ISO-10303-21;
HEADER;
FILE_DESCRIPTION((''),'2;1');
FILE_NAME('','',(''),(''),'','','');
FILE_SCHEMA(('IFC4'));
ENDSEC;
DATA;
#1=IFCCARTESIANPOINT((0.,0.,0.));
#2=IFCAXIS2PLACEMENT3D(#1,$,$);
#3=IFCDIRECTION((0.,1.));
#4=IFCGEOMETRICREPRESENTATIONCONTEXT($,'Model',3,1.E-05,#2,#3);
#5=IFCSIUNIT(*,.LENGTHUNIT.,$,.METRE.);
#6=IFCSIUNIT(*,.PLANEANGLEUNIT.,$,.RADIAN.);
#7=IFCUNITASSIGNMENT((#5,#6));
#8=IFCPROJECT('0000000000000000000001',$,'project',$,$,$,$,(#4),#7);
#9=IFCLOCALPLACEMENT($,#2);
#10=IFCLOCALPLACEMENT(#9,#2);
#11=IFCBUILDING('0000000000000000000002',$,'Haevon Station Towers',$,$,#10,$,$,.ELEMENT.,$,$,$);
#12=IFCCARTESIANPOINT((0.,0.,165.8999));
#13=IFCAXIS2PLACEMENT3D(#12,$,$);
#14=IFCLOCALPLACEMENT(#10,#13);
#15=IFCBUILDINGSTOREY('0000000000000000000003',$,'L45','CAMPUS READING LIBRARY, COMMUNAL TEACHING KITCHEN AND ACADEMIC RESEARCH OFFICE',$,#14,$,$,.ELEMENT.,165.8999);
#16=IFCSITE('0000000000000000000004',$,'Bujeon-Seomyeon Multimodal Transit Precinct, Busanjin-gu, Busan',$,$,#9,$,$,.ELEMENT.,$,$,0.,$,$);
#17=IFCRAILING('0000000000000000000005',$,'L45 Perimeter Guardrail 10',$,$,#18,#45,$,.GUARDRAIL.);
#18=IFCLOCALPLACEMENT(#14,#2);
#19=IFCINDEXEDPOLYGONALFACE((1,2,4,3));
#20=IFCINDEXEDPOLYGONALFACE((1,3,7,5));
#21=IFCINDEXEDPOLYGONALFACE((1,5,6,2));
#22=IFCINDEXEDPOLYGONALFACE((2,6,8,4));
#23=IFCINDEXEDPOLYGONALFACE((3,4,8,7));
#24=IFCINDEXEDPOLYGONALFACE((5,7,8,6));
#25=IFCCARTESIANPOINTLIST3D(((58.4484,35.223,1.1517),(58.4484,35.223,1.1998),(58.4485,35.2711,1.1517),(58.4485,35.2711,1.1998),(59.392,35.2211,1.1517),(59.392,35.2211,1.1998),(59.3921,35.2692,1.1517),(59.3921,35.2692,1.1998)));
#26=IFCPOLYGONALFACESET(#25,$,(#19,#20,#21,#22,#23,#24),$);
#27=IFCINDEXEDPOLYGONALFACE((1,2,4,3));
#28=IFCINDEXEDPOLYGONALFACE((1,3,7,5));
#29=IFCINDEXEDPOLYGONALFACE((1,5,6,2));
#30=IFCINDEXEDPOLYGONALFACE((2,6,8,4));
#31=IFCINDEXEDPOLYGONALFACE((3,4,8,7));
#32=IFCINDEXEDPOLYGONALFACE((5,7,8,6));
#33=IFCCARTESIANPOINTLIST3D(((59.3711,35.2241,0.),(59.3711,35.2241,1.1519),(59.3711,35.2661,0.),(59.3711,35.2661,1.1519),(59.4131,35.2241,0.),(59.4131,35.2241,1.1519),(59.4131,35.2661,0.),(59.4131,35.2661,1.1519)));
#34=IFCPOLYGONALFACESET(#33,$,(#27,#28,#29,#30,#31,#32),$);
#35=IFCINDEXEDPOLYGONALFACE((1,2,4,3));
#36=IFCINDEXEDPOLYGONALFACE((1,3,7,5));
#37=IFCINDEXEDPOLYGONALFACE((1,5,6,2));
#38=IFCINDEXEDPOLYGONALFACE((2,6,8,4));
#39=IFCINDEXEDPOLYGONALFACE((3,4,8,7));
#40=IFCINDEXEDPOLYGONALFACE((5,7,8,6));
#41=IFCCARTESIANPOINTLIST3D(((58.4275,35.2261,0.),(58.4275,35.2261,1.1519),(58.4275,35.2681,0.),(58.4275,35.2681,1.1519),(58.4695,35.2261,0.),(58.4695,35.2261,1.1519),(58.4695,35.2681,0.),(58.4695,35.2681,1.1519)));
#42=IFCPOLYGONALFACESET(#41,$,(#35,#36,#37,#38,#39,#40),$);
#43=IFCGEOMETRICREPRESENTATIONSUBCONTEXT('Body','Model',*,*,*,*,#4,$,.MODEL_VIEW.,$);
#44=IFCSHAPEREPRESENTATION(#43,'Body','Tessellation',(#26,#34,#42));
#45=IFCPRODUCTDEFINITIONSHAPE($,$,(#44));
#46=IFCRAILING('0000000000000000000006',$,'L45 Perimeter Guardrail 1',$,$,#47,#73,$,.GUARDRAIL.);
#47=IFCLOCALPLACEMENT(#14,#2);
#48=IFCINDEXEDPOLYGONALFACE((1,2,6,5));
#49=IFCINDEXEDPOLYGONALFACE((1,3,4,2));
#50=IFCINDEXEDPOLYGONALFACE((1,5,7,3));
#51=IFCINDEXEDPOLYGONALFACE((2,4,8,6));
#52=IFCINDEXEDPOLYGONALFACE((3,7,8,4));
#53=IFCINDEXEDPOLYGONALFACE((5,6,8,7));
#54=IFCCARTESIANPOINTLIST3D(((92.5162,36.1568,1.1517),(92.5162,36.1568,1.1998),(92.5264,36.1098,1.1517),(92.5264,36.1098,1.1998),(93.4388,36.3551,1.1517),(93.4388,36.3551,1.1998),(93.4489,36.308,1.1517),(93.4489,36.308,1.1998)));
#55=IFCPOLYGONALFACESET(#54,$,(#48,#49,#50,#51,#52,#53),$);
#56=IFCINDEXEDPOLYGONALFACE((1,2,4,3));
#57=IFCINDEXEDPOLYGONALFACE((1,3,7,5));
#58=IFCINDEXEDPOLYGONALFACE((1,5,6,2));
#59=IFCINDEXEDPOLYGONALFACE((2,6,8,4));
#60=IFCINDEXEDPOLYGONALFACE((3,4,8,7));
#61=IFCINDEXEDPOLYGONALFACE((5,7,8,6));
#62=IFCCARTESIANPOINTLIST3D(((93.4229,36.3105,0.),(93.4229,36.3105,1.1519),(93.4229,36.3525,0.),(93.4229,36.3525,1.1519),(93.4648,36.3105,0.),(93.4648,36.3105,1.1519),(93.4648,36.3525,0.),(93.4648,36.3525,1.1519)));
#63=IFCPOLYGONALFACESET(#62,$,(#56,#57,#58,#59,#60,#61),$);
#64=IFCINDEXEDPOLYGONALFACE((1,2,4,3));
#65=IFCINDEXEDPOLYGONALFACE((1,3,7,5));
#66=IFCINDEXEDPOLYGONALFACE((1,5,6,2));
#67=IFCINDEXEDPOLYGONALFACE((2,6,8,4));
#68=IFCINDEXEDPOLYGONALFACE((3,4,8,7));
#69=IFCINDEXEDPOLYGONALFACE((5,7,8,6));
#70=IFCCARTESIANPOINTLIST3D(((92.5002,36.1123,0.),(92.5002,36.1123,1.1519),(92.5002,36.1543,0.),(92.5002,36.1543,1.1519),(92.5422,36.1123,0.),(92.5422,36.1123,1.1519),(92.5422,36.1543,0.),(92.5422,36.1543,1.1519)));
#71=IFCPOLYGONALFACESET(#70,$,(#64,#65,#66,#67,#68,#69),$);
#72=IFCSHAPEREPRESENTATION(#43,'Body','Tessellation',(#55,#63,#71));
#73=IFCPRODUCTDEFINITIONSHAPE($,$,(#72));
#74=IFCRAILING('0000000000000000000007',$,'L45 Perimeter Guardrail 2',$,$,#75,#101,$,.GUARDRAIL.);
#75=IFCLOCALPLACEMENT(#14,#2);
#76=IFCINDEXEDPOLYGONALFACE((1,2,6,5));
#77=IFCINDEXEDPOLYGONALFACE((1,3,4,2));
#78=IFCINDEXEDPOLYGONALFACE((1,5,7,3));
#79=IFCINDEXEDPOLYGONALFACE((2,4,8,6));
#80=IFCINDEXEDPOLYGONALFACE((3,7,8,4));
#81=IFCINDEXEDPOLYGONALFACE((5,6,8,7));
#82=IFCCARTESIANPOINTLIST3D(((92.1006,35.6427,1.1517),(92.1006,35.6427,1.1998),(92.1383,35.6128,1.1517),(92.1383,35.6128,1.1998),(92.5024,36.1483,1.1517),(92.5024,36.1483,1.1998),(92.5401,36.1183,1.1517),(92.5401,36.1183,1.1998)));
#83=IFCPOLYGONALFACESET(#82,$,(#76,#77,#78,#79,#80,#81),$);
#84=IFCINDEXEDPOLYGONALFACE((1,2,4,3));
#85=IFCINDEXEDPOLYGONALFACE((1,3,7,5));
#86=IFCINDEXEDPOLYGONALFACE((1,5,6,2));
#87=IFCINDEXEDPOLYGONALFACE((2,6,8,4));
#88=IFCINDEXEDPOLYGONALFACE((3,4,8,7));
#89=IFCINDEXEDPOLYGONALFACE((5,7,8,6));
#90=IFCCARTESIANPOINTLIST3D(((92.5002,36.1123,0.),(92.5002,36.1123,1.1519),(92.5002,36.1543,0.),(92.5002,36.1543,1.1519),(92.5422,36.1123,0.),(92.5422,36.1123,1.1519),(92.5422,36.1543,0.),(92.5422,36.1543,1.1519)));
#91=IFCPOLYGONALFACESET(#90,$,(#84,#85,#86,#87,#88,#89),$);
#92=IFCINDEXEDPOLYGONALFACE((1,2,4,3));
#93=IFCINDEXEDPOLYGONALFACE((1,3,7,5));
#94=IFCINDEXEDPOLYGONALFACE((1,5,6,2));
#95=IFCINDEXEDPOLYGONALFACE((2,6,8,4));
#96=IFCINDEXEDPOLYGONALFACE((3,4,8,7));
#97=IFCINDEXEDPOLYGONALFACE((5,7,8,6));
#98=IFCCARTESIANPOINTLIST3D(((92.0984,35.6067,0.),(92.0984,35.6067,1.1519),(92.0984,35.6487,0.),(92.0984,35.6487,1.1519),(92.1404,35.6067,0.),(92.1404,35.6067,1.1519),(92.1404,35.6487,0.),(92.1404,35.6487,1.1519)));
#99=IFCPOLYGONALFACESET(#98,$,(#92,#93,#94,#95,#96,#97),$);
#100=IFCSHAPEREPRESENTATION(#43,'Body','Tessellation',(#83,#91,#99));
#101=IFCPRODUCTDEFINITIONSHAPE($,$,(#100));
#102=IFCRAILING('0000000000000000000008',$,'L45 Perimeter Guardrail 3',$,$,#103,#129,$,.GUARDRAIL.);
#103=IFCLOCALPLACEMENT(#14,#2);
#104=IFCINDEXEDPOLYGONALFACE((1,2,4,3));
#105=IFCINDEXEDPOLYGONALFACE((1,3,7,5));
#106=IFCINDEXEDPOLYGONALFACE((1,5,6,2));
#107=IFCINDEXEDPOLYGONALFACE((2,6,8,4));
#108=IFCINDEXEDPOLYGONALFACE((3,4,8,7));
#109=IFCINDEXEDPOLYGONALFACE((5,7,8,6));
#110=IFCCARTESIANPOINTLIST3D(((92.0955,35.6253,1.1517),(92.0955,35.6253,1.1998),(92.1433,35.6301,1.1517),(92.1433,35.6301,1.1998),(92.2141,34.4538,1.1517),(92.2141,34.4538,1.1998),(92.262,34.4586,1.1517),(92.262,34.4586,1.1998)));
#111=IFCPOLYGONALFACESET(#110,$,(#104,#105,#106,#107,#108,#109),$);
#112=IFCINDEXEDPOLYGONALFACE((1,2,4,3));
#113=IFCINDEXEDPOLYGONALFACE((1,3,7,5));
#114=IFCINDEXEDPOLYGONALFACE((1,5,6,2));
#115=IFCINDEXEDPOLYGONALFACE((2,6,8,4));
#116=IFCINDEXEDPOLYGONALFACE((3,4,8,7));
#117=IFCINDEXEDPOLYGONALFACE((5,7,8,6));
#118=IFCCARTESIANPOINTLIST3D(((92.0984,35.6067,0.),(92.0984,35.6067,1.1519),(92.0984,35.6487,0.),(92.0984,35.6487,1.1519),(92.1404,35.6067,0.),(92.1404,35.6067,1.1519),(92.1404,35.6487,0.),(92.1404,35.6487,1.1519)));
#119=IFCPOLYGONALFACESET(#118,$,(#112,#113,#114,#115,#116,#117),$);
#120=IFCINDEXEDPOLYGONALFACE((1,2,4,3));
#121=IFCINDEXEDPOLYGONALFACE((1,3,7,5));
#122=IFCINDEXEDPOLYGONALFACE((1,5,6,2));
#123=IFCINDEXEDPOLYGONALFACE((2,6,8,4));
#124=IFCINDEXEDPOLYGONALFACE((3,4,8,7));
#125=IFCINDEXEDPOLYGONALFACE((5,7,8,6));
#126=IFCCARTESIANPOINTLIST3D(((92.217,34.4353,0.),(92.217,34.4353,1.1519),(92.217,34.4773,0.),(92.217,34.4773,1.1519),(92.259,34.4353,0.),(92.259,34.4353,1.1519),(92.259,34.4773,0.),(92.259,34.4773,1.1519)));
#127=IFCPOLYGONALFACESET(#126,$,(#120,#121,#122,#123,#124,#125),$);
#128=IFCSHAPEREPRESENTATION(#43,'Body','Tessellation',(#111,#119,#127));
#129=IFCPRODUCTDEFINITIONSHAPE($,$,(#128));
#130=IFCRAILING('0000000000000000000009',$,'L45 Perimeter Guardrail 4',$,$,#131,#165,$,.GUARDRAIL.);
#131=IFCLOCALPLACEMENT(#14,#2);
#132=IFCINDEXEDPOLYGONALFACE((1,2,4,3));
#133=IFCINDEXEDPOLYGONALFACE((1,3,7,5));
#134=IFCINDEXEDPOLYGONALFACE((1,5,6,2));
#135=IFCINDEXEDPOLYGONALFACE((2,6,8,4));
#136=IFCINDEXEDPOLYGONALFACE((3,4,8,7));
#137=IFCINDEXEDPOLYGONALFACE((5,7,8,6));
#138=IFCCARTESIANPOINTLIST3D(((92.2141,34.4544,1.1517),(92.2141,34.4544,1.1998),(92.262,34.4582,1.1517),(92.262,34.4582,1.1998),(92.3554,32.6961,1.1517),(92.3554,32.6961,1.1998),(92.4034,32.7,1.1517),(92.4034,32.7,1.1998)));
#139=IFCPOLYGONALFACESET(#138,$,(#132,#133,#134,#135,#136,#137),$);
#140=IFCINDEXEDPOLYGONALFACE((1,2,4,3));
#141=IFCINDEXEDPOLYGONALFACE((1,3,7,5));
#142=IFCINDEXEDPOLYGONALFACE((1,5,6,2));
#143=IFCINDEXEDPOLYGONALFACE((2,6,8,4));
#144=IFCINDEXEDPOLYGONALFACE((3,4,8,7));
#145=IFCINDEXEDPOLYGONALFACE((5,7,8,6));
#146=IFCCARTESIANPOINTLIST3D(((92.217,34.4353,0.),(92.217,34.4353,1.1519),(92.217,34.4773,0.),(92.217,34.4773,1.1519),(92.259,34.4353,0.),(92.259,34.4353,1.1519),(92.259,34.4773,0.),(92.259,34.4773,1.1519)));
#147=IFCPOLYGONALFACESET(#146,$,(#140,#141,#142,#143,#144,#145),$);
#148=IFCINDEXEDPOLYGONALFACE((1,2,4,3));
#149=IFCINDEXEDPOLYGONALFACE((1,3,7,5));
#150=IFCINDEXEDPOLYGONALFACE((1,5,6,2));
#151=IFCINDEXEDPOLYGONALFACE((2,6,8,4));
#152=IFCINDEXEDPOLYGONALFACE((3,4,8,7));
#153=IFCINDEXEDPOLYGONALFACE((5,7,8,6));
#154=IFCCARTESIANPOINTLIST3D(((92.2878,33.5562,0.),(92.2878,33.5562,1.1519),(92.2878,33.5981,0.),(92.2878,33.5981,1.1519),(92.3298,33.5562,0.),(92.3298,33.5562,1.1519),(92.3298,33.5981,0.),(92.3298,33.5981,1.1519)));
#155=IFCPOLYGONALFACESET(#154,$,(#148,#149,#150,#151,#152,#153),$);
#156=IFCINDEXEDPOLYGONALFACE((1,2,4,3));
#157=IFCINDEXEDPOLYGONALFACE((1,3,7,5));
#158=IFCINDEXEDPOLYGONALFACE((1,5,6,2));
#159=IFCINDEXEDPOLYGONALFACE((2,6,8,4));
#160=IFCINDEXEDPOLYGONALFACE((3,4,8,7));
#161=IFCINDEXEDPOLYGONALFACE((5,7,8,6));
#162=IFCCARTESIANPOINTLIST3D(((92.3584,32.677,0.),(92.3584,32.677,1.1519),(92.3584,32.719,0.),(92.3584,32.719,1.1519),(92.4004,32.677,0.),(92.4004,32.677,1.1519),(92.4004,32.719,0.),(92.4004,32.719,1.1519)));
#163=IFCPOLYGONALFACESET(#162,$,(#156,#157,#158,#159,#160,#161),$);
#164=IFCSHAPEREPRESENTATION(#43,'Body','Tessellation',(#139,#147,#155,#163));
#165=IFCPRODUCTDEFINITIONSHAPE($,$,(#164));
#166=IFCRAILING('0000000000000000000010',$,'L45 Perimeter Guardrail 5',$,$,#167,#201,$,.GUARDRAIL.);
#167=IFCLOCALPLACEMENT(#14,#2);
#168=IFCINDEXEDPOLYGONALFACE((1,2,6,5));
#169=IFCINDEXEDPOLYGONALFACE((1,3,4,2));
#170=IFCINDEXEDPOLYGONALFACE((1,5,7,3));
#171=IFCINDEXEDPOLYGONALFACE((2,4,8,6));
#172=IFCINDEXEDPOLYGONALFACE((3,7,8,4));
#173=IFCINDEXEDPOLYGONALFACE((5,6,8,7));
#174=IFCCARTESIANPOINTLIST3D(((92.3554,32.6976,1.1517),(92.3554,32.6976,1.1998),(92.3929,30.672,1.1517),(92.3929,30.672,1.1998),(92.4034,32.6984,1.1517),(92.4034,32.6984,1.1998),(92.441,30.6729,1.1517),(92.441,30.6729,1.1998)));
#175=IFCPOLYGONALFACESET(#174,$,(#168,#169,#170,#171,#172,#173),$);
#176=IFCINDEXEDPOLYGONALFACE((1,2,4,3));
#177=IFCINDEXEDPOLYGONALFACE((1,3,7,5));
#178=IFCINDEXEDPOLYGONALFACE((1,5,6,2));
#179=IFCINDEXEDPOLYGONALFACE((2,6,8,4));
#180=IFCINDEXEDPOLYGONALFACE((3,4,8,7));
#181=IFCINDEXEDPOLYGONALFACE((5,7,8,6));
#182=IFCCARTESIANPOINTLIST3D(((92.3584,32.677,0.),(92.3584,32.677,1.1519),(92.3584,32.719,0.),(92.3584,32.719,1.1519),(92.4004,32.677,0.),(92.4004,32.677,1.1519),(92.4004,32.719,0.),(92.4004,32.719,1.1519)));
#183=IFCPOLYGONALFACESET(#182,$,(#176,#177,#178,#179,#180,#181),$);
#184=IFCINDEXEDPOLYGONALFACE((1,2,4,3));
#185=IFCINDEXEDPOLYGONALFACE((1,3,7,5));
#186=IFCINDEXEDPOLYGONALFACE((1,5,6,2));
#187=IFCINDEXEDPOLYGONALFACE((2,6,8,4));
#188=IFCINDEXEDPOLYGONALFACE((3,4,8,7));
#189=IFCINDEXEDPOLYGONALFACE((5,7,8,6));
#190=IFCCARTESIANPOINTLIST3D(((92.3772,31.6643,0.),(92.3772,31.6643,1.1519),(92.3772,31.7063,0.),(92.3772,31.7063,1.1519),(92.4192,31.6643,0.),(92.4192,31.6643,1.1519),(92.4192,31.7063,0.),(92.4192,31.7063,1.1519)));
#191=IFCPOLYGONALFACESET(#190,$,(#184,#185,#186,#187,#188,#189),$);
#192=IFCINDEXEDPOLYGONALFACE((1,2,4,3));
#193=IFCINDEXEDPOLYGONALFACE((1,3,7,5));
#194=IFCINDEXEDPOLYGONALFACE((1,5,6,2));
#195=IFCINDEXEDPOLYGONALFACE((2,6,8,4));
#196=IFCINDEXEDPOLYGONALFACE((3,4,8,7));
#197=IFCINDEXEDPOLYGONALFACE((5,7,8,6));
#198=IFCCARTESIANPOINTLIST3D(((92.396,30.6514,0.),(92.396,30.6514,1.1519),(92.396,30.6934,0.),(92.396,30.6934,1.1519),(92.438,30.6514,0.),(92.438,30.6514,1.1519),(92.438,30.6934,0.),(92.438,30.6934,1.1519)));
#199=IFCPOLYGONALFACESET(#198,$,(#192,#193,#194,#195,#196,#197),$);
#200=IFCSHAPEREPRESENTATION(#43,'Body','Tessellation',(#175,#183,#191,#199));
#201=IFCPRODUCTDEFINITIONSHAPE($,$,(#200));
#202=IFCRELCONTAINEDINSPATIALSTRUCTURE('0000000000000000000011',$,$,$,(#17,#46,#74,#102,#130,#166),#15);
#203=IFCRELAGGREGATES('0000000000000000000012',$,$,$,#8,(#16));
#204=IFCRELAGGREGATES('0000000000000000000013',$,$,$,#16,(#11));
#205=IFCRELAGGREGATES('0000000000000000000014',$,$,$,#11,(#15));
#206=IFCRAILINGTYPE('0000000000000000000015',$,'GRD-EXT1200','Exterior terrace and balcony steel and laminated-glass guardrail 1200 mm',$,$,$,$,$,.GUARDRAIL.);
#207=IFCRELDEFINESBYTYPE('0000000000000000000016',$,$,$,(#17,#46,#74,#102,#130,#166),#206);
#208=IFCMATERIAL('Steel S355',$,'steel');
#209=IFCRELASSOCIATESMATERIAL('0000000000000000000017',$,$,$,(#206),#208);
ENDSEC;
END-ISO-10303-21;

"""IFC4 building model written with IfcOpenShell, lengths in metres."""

from ifc_helpers import new_model, si_unit, direction, frame, origin, origin_2d, place, context, subcontext, project, spatial, rectangle, extrude, material, type_object, element, save


model = new_model("IFC4")

# Units and contexts
model_context = context("Model", 3, precision=1e-05, world=origin(), true_north=direction((0.0, 1.0)))
body_context = subcontext(model_context, "Body", "Model", "MODEL_VIEW")
ifc_project = project(units=[si_unit("LENGTHUNIT", "METRE"), si_unit("PLANEANGLEUNIT", "RADIAN")], contexts=[model_context])

# Site, building, storey
site_placement = place(None, origin())
site = spatial("IfcSite", under=ifc_project, at=site_placement, Name="Bujeon-Seomyeon Multimodal Transit Precinct, Busanjin-gu, Busan", CompositionType="ELEMENT", RefElevation=0.0)
building_placement = place(site_placement, origin())
building = spatial("IfcBuilding", under=site, at=building_placement, Name="Haevon Station Towers", CompositionType="ELEMENT")
storey_placement = place(building_placement, frame((0.0, 0.0, 165.8999)))
storey = spatial("IfcBuildingStorey", under=building, at=storey_placement, Name="L45", Description="CAMPUS READING LIBRARY, COMMUNAL TEACHING KITCHEN AND ACADEMIC RESEARCH OFFICE", CompositionType="ELEMENT", Elevation=165.8999)

# Shared definitions
ifc_material_1 = material(Name="Steel S355", Category="steel")

# Railings
railing_type = type_object("IfcRailingType", Name="GRD-EXT1200", Description="Exterior terrace and balcony steel and laminated-glass guardrail 1200 mm", PredefinedType="GUARDRAIL", material=ifc_material_1)
railing_1_placement = place(storey_placement, frame((59.3921, 35.2451, 0.0)))
element("IfcRailing", 1, at=railing_1_placement, inside=storey, type_object=railing_type, Name="L45 Perimeter Guardrail 10", PredefinedType="GUARDRAIL", context=body_context, shape_type="SweptSolid", body=[
    extrude(rectangle(XDim=0.0481, YDim=0.0481, at=origin_2d()), frame((0.0, 0.0, 1.1758), z_axis=(-0.999998, 0.00207, 0.0), x_axis=(-0.00207, -0.999998, 0.0)), (0.0, 0.0, 1.0), 0.9436),
    extrude(rectangle(XDim=0.042, YDim=0.042, at=origin_2d()), origin(), (0.0, 0.0, 1.0), 1.1519),
    extrude(rectangle(XDim=0.042, YDim=0.042, at=origin_2d()), frame((-0.9436, 0.002, 0.0)), (0.0, 0.0, 1.0), 1.1519),
])
railing_2_placement = place(storey_placement, frame((93.4438, 36.3315, 0.0)))
element("IfcRailing", 2, at=railing_2_placement, inside=storey, type_object=railing_type, Name="L45 Perimeter Guardrail 1", PredefinedType="GUARDRAIL", context=body_context, shape_type="SweptSolid", body=[
    extrude(rectangle(XDim=0.0481, YDim=0.0481, at=origin_2d()), frame((0.0, 0.0, 1.1758), z_axis=(-0.977685, -0.210077, 0.0), x_axis=(0.210077, -0.977685, 0.0)), (0.0, 0.0, 1.0), 0.9436),
    extrude(rectangle(XDim=0.042, YDim=0.042, at=origin_2d()), origin(), (0.0, 0.0, 1.0), 1.1519),
    extrude(rectangle(XDim=0.042, YDim=0.042, at=origin_2d()), frame((-0.9226, -0.1982, 0.0)), (0.0, 0.0, 1.0), 1.1519),
])
railing_3_placement = place(storey_placement, frame((92.5212, 36.1333, 0.0)))
element("IfcRailing", 3, at=railing_3_placement, inside=storey, type_object=railing_type, Name="L45 Perimeter Guardrail 2", PredefinedType="GUARDRAIL", context=body_context, shape_type="SweptSolid", body=[
    extrude(rectangle(XDim=0.0481, YDim=0.0481, at=origin_2d()), frame((0.0, 0.0, 1.1758), z_axis=(-0.622203, -0.782856, 0.0), x_axis=(0.782856, -0.622203, 0.0)), (0.0, 0.0, 1.0), 0.6458),
    extrude(rectangle(XDim=0.042, YDim=0.042, at=origin_2d()), origin(), (0.0, 0.0, 1.0), 1.1519),
    extrude(rectangle(XDim=0.042, YDim=0.042, at=origin_2d()), frame((-0.4019, -0.5056, 0.0)), (0.0, 0.0, 1.0), 1.1519),
])
railing_4_placement = place(storey_placement, frame((92.1194, 35.6277, 0.0)))
element("IfcRailing", 4, at=railing_4_placement, inside=storey, type_object=railing_type, Name="L45 Perimeter Guardrail 3", PredefinedType="GUARDRAIL", context=body_context, shape_type="SweptSolid", body=[
    extrude(rectangle(XDim=0.0481, YDim=0.0481, at=origin_2d()), frame((0.0, 0.0, 1.1758), z_axis=(0.100777, -0.994909, 0.0), x_axis=(0.994909, 0.100777, 0.0)), (0.0, 0.0, 1.0), 1.1775),
    extrude(rectangle(XDim=0.042, YDim=0.042, at=origin_2d()), origin(), (0.0, 0.0, 1.0), 1.1519),
    extrude(rectangle(XDim=0.042, YDim=0.042, at=origin_2d()), frame((0.1187, -1.1714, 0.0)), (0.0, 0.0, 1.0), 1.1519),
])
railing_5_placement = place(storey_placement, frame((92.238, 34.4563, 0.0)))
element("IfcRailing", 5, at=railing_5_placement, inside=storey, type_object=railing_type, Name="L45 Perimeter Guardrail 4", PredefinedType="GUARDRAIL", context=body_context, shape_type="SweptSolid", body=[
    extrude(rectangle(XDim=0.0481, YDim=0.0481, at=origin_2d()), frame((0.0, 0.0, 1.1758), z_axis=(0.080136, -0.996784, 0.0), x_axis=(0.996784, 0.080136, 0.0)), (0.0, 0.0, 1.0), 1.7639),
    extrude(rectangle(XDim=0.042, YDim=0.042, at=origin_2d()), origin(), (0.0, 0.0, 1.0), 1.1519),
    extrude(rectangle(XDim=0.042, YDim=0.042, at=origin_2d()), frame((0.0708, -0.8792, 0.0)), (0.0, 0.0, 1.0), 1.1519),
    extrude(rectangle(XDim=0.042, YDim=0.042, at=origin_2d()), frame((0.1414, -1.7583, 0.0)), (0.0, 0.0, 1.0), 1.1519),
])
railing_6_placement = place(storey_placement, frame((92.3794, 32.698, 0.0)))
element("IfcRailing", 6, at=railing_6_placement, inside=storey, type_object=railing_type, Name="L45 Perimeter Guardrail 5", PredefinedType="GUARDRAIL", context=body_context, shape_type="SweptSolid", body=[
    extrude(rectangle(XDim=0.0481, YDim=0.0481, at=origin_2d()), frame((0.0, 0.0, 1.1758), z_axis=(0.018558, -0.999828, 0.0), x_axis=(0.999828, 0.018558, 0.0)), (0.0, 0.0, 1.0), 2.0259),
    extrude(rectangle(XDim=0.042, YDim=0.042, at=origin_2d()), origin(), (0.0, 0.0, 1.0), 1.1519),
    extrude(rectangle(XDim=0.042, YDim=0.042, at=origin_2d()), frame((0.0188, -1.0127, 0.0)), (0.0, 0.0, 1.0), 1.1519),
    extrude(rectangle(XDim=0.042, YDim=0.042, at=origin_2d()), frame((0.0376, -2.0256, 0.0)), (0.0, 0.0, 1.0), 1.1519),
])

save(model, "model.ifc")
